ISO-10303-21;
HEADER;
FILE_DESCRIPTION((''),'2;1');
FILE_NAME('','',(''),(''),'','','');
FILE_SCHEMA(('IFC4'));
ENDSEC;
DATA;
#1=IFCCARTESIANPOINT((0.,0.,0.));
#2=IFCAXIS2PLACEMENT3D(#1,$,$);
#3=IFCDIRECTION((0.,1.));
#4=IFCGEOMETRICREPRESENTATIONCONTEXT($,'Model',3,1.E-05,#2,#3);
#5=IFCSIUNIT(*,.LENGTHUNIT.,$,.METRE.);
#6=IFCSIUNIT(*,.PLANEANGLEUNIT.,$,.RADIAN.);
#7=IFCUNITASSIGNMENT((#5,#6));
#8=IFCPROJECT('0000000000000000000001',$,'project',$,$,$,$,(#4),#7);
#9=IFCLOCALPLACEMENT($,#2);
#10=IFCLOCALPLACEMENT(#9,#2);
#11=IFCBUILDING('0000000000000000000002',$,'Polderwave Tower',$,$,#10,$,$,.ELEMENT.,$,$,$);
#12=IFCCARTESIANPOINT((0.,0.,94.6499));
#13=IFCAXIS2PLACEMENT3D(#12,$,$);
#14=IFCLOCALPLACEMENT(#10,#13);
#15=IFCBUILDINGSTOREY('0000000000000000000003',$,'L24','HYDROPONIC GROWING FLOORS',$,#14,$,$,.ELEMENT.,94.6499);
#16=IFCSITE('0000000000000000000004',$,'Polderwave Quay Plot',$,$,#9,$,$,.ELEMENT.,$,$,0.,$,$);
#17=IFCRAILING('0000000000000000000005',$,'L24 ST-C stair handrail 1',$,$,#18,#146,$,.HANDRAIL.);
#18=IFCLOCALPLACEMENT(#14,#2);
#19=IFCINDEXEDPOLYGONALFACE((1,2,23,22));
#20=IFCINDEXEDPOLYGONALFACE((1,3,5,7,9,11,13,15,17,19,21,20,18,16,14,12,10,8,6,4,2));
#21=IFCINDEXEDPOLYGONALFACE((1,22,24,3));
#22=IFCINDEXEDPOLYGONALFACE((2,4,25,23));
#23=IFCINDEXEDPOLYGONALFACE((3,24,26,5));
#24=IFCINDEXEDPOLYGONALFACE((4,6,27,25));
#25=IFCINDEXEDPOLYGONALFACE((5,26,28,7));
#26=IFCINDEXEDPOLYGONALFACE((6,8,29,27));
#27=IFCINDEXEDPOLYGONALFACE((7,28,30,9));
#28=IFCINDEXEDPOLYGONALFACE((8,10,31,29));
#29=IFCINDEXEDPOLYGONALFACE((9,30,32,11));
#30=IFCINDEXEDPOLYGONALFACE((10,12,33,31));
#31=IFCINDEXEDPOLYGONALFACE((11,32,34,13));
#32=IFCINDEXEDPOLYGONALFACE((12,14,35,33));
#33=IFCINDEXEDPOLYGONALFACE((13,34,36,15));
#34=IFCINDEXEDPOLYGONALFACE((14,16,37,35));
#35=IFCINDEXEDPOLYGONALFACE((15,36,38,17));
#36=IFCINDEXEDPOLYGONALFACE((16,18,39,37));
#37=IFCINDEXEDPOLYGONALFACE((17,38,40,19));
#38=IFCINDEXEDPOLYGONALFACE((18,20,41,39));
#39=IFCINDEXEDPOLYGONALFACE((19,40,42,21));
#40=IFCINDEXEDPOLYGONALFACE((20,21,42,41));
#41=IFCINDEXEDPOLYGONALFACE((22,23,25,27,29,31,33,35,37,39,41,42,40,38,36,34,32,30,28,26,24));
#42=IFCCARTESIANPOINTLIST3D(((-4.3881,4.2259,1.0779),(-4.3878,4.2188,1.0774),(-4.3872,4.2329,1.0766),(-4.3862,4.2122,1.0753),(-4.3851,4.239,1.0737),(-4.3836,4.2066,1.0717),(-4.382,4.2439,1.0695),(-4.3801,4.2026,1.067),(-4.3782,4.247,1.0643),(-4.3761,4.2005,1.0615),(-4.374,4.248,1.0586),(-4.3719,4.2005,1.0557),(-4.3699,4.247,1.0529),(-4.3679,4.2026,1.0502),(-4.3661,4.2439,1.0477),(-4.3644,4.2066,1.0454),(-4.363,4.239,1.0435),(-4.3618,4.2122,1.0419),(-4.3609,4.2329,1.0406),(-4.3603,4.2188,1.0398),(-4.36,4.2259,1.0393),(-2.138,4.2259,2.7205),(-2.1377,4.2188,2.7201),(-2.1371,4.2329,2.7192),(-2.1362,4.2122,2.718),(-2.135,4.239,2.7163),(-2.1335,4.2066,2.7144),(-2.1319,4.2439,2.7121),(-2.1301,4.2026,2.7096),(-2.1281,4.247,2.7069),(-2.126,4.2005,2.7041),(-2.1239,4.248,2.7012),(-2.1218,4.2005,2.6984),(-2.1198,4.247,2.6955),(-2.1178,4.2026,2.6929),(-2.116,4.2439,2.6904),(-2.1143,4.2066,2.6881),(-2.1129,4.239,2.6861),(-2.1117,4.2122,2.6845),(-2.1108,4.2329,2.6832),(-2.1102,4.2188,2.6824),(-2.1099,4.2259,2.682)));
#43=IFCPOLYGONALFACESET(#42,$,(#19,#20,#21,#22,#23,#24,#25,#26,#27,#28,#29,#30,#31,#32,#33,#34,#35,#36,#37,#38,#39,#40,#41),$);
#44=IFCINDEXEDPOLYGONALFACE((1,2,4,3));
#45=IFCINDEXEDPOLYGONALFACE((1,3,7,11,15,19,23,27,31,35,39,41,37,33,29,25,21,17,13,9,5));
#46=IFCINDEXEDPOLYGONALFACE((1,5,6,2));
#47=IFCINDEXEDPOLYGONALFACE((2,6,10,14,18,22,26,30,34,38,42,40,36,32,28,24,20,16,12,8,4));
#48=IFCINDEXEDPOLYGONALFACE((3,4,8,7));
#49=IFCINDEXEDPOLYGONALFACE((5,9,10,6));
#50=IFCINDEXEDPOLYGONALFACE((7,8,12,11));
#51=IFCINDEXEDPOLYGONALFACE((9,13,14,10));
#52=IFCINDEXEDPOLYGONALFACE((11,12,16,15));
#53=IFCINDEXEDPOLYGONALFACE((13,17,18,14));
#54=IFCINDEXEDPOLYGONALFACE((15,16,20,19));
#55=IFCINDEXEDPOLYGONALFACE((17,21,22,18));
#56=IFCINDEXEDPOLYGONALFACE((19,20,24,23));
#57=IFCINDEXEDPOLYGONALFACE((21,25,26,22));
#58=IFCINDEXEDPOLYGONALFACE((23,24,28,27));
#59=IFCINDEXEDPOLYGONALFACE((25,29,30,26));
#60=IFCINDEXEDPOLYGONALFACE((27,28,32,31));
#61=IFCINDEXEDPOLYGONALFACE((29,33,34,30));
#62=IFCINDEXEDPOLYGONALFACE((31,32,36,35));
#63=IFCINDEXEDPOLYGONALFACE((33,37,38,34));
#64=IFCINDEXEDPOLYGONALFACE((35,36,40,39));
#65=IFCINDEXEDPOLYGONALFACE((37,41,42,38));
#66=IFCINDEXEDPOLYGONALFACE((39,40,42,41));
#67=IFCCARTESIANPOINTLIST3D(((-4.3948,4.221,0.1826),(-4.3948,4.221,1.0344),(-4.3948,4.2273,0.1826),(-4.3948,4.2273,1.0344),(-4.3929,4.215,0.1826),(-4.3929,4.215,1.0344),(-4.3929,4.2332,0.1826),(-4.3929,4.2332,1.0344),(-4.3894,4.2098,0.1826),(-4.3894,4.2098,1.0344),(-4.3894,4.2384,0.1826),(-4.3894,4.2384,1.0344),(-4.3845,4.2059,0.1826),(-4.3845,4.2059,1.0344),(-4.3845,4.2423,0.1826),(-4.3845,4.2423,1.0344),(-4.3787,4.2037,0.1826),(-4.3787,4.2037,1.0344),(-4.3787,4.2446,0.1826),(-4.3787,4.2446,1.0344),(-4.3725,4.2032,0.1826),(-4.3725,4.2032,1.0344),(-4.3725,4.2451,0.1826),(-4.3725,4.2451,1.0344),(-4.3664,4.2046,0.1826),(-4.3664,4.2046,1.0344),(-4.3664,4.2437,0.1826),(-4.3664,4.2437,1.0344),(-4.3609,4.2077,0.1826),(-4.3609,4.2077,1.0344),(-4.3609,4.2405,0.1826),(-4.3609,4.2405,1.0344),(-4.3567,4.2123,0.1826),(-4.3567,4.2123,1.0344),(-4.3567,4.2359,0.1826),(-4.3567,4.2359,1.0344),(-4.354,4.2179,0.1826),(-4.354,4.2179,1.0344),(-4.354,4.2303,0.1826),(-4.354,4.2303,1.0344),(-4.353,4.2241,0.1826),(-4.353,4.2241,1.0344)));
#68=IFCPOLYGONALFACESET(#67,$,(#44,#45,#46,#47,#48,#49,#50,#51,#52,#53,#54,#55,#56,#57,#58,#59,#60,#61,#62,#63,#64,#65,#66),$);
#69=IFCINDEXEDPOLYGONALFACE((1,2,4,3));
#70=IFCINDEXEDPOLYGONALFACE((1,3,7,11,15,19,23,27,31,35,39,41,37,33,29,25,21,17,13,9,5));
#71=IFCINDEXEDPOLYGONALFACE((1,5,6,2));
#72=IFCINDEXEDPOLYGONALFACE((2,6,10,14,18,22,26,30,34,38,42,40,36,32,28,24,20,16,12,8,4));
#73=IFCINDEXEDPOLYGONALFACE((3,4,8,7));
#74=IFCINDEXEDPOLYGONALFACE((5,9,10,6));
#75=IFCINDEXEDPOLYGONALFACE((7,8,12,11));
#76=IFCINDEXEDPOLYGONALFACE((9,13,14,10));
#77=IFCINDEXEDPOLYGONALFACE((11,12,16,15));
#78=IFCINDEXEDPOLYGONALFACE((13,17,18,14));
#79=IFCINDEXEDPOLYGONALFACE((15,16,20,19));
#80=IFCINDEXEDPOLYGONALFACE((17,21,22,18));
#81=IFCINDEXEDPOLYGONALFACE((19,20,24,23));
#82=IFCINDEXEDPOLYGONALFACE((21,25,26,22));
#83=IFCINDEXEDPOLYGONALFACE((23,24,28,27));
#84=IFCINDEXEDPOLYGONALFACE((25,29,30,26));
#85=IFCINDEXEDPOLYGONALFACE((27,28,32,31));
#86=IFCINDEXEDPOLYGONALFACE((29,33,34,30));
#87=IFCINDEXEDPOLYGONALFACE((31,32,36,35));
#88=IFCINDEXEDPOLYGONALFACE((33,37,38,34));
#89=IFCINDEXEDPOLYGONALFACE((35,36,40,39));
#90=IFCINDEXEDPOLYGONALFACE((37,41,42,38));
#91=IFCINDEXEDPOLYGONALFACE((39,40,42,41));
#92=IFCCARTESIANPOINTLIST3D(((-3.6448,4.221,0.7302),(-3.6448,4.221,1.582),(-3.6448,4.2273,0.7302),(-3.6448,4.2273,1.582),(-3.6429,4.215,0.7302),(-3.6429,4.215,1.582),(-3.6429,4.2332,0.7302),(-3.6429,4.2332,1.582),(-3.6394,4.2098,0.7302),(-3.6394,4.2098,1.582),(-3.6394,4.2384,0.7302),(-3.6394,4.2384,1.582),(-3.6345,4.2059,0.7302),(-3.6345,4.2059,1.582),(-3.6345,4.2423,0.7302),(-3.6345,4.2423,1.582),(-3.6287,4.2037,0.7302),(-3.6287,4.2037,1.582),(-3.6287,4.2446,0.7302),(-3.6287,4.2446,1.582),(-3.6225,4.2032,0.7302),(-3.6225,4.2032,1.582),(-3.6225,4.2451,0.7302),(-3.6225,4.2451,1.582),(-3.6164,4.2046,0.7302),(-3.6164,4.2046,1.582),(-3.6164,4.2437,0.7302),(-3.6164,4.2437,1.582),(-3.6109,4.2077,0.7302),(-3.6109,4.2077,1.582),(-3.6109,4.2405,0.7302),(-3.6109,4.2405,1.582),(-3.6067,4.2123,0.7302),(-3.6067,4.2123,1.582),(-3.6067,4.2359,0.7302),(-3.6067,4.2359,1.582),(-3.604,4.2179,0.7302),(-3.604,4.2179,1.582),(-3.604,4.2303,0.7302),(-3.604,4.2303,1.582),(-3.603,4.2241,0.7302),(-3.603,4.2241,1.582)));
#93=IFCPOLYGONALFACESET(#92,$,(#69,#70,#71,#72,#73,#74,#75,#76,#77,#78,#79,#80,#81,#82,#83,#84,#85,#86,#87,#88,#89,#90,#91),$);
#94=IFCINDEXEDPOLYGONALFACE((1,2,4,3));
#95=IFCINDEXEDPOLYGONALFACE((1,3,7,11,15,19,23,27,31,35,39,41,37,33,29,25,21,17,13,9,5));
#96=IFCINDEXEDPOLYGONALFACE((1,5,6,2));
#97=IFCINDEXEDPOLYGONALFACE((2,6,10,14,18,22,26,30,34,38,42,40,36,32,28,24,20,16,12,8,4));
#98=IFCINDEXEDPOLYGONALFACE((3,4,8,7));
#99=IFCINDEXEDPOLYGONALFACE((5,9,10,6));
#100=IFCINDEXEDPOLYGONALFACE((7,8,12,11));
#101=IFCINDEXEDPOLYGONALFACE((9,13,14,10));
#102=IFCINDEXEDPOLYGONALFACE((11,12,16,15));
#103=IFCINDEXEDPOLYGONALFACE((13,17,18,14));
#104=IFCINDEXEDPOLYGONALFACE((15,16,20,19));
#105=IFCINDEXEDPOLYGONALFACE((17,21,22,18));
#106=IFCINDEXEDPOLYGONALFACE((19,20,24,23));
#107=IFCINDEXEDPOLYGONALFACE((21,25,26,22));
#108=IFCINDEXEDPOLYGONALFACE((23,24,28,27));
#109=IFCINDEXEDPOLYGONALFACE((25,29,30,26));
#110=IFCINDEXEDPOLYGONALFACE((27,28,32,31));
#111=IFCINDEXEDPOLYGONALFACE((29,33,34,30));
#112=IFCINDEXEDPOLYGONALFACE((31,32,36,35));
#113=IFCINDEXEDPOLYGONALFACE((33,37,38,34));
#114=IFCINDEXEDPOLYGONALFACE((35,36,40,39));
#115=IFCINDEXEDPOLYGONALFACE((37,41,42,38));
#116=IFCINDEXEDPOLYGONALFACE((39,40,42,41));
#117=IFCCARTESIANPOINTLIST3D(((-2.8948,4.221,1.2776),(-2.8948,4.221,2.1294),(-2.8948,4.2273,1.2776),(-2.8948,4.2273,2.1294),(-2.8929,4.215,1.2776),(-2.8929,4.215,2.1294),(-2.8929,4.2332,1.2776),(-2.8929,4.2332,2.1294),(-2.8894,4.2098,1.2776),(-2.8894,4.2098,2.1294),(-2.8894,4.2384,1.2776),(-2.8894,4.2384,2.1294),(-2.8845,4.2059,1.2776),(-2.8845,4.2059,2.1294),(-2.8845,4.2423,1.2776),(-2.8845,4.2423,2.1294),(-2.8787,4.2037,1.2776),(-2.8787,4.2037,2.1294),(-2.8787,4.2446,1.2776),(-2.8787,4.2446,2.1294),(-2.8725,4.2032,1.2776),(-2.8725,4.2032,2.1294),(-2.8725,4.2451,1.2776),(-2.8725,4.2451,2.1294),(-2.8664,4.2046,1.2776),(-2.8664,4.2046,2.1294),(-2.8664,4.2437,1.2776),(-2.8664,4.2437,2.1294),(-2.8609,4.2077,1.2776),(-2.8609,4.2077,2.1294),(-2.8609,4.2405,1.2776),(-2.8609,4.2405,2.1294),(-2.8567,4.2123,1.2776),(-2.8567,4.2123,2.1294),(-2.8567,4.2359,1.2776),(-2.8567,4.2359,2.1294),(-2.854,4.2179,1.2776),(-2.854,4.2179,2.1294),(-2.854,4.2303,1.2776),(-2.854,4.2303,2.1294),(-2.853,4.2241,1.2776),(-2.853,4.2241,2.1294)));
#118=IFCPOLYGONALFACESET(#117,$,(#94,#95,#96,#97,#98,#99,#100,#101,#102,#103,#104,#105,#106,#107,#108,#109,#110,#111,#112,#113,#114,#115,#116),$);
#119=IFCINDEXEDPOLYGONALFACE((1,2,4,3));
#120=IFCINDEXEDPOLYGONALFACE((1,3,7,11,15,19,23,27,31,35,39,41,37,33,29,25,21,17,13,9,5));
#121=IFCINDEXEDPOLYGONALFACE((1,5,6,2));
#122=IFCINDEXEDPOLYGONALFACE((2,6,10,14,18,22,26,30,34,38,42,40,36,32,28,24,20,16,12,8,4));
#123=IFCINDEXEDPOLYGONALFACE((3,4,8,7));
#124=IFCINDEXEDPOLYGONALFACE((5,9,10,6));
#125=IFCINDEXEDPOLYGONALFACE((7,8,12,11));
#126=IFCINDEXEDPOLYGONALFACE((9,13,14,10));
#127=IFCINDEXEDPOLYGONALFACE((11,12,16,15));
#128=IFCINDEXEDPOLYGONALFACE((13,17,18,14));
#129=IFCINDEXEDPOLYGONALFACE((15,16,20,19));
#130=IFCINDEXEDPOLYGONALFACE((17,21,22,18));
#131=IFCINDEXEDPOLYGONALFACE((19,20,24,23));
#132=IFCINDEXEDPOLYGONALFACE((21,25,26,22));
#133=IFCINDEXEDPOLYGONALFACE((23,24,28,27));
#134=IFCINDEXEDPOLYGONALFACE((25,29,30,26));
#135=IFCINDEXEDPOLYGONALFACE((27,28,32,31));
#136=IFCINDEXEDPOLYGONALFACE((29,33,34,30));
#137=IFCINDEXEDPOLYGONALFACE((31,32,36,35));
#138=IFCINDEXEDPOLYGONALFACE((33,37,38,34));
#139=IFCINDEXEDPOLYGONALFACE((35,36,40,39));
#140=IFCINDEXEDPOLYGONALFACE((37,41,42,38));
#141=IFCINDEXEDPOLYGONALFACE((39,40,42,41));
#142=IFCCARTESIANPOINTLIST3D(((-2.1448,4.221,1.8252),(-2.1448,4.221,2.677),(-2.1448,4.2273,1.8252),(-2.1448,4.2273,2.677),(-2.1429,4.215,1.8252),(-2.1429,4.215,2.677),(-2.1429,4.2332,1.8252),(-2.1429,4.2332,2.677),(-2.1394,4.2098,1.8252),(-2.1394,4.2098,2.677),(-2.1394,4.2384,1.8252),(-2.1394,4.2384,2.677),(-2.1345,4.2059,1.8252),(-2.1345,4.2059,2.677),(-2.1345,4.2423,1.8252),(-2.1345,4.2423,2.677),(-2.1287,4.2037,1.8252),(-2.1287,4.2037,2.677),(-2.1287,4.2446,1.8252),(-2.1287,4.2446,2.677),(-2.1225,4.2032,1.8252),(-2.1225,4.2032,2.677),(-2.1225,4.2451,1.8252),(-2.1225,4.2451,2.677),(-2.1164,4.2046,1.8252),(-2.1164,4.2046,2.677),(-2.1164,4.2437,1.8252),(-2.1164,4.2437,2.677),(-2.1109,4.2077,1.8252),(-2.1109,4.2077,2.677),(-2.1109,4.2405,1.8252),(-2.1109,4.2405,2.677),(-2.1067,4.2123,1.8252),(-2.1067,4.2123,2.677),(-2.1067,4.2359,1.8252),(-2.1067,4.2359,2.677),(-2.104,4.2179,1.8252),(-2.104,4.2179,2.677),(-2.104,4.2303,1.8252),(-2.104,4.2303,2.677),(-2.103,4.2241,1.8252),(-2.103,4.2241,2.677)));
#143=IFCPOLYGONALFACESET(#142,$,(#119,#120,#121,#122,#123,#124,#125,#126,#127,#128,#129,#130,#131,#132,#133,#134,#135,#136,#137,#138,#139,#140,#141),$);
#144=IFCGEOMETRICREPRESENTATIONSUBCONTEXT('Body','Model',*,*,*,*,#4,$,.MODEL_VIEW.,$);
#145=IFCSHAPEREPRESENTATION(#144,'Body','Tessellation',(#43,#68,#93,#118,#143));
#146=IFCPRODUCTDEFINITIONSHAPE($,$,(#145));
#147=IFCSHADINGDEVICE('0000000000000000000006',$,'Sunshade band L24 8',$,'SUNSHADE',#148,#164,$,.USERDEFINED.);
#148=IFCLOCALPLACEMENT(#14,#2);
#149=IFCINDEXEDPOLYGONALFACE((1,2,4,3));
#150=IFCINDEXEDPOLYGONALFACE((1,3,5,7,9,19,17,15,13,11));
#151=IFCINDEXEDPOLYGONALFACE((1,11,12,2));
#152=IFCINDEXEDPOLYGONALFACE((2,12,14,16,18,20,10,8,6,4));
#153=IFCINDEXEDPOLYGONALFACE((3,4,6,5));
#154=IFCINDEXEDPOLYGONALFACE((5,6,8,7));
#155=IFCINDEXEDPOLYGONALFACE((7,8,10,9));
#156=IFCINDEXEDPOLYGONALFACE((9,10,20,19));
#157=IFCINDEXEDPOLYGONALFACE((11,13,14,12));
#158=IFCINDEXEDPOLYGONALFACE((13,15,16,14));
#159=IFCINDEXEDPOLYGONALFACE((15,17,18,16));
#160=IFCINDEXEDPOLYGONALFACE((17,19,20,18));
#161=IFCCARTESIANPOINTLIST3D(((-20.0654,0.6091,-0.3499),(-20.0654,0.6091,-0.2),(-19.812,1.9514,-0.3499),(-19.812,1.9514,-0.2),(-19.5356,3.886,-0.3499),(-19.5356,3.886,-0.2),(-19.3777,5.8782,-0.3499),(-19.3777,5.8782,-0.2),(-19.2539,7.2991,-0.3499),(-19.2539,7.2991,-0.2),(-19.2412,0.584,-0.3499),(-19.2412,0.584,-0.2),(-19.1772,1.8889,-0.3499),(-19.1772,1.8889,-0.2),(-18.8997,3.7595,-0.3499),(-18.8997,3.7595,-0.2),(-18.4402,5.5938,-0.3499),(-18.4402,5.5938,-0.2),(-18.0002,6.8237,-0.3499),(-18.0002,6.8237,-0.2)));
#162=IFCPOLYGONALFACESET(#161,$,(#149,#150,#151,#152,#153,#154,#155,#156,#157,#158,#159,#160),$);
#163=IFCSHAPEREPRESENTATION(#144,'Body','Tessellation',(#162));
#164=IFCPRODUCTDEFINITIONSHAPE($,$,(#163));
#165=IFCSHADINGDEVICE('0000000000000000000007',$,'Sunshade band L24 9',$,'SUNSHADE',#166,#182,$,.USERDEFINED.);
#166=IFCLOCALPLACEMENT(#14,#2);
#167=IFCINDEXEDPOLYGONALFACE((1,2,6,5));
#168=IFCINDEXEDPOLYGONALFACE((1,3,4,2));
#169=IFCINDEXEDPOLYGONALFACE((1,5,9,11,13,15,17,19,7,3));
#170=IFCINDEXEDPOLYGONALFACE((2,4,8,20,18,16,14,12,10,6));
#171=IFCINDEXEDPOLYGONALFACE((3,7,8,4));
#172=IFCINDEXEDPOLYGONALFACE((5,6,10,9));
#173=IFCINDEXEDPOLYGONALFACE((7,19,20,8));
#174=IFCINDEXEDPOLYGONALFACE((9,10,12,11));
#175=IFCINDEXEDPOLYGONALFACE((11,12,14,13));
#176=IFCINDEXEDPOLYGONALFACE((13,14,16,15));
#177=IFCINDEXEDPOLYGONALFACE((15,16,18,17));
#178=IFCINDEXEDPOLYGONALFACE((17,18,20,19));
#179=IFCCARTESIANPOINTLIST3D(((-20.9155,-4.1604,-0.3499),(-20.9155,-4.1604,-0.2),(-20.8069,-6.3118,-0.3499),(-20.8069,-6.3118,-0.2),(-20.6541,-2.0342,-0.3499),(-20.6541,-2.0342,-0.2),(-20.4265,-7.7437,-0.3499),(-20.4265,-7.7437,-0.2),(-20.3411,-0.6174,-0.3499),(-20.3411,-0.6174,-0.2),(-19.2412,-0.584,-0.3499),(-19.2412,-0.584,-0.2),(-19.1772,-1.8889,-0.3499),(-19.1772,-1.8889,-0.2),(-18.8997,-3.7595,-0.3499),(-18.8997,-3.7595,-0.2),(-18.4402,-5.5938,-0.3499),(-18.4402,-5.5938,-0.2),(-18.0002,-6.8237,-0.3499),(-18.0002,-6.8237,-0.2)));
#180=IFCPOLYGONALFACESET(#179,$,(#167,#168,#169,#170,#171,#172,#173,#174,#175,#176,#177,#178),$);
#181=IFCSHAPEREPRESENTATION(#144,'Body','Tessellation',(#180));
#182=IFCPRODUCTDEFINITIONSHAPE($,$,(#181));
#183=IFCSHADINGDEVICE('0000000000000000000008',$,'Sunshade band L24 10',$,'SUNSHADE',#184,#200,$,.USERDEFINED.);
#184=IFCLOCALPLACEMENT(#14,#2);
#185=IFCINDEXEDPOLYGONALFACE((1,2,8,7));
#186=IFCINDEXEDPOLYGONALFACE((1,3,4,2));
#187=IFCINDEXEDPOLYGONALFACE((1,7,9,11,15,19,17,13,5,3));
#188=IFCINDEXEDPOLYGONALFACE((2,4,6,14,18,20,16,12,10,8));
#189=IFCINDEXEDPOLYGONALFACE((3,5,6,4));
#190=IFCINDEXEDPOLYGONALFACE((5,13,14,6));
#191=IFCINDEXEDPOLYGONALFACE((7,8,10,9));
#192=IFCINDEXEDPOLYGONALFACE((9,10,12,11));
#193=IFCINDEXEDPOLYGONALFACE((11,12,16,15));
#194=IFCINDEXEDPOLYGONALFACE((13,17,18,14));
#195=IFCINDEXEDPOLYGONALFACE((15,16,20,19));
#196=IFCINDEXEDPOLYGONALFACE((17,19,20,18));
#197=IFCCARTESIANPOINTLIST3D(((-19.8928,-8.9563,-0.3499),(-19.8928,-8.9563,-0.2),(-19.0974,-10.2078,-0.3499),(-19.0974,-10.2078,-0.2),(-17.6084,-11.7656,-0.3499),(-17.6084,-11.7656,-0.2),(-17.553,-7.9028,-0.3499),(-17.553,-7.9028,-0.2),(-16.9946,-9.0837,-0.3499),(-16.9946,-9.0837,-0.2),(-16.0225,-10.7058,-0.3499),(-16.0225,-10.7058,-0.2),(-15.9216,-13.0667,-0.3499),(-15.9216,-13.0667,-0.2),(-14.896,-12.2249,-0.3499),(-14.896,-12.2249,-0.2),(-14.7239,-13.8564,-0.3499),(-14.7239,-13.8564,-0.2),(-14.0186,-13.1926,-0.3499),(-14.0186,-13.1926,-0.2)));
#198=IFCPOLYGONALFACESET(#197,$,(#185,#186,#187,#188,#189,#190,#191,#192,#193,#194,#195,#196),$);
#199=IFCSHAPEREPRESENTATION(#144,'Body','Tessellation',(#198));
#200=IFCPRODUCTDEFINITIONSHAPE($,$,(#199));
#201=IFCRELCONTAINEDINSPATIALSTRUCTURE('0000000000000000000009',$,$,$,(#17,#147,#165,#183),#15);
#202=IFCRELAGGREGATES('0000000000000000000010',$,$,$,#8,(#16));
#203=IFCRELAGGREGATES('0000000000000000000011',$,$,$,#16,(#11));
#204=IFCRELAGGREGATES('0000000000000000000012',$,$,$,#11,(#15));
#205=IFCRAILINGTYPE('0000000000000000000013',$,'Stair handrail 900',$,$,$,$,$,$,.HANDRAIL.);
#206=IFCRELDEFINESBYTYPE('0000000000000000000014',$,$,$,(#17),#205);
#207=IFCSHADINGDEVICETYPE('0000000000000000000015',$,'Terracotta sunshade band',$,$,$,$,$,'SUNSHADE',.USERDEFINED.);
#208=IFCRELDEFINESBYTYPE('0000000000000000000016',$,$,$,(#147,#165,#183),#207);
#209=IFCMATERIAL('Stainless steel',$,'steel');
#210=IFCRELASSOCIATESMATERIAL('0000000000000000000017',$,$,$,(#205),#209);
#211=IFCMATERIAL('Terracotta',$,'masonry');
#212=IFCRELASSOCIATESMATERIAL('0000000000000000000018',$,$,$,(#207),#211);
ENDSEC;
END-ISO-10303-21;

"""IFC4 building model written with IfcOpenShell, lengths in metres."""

from ifc_helpers import new_model, si_unit, direction, frame, origin, origin_2d, place, context, subcontext, project, spatial, polyline, circle, outline, extrude, material, type_object, element, save


model = new_model("IFC4")

# Units and contexts
model_context = context("Model", 3, precision=1e-05, world=origin(), true_north=direction((0.0, 1.0)))
body_context = subcontext(model_context, "Body", "Model", "MODEL_VIEW")
ifc_project = project(units=[si_unit("LENGTHUNIT", "METRE"), si_unit("PLANEANGLEUNIT", "RADIAN")], contexts=[model_context])

# Site, building, storey
site_placement = place(None, origin())
site = spatial("IfcSite", under=ifc_project, at=site_placement, Name="Polderwave Quay Plot", CompositionType="ELEMENT", RefElevation=0.0)
building_placement = place(site_placement, origin())
building = spatial("IfcBuilding", under=site, at=building_placement, Name="Polderwave Tower", CompositionType="ELEMENT")
storey_placement = place(building_placement, frame((0.0, 0.0, 94.6499)))
storey = spatial("IfcBuildingStorey", under=building, at=storey_placement, Name="L24", Description="HYDROPONIC GROWING FLOORS", CompositionType="ELEMENT", Elevation=94.6499)

# Railing
ifc_material_1 = material(Name="Stainless steel", Category="steel")
railing_type_1 = type_object("IfcRailingType", Name="Stair handrail 900", PredefinedType="HANDRAIL", material=ifc_material_1)
railing_1_placement = place(storey_placement, frame((-4.374, 4.2241, 0.1826)))
element("IfcRailing", 1, at=railing_1_placement, inside=storey, type_object=railing_type_1, Name="L24 ST-C stair handrail 1", PredefinedType="HANDRAIL", context=body_context, shape_type="SweptSolid", body=[
    extrude(circle(Radius=0.0239, at=origin_2d()), frame((0.0, 0.0, 0.876), z_axis=(0.807674, 0.0, 0.58963), x_axis=(0.0, 1.0, 0.0)), (0.0, 0.0, 1.0), 2.7859),
    extrude(circle(Radius=0.021, at=origin_2d()), origin(), (0.0, 0.0, 1.0), 0.8518),
    extrude(circle(Radius=0.021, at=origin_2d()), frame((0.75, 0.0, 0.5476)), (0.0, 0.0, 1.0), 0.8518),
    extrude(circle(Radius=0.021, at=origin_2d()), frame((1.5, 0.0, 1.095)), (0.0, 0.0, 1.0), 0.8518),
    extrude(circle(Radius=0.021, at=origin_2d()), frame((2.25, 0.0, 1.6426)), (0.0, 0.0, 1.0), 0.8518),
])

# Shading devices
ifc_material_2 = material(Name="Terracotta", Category="masonry")
shading_device_type = type_object("IfcShadingDeviceType", Name="Terracotta sunshade band", ElementType="SUNSHADE", PredefinedType="USERDEFINED", material=ifc_material_2)
shading_device_1_placement = place(storey_placement, frame((0.0, 0.0, -0.3499)))
element("IfcShadingDevice", 2, at=shading_device_1_placement, inside=storey, type_object=shading_device_type, Name="Sunshade band L24 8", ObjectType="SUNSHADE", PredefinedType="USERDEFINED", context=body_context, shape_type="SweptSolid", body=[
    extrude(outline(polyline([(-18.0002, 6.8237), (-18.4402, 5.5938), (-18.8997, 3.7595), (-19.1772, 1.8889), (-19.2412, 0.584), (-20.0654, 0.6091), (-19.812, 1.9514), (-19.5356, 3.886), (-19.3777, 5.8782), (-19.2539, 7.2991), (-18.0002, 6.8237)])), origin(), (0.0, 0.0, 1.0), 0.1499),
])
shading_device_2_placement = place(storey_placement, frame((0.0, 0.0, -0.3499)))
element("IfcShadingDevice", 3, at=shading_device_2_placement, inside=storey, type_object=shading_device_type, Name="Sunshade band L24 9", ObjectType="SUNSHADE", PredefinedType="USERDEFINED", context=body_context, shape_type="SweptSolid", body=[
    extrude(outline(polyline([(-19.2412, -0.584), (-19.1772, -1.8889), (-18.8997, -3.7595), (-18.4402, -5.5938), (-18.0002, -6.8237), (-20.4265, -7.7437), (-20.8069, -6.3118), (-20.9155, -4.1604), (-20.6541, -2.0342), (-20.3411, -0.6174), (-19.2412, -0.584)])), origin(), (0.0, 0.0, 1.0), 0.1499),
])
shading_device_3_placement = place(storey_placement, frame((0.0, 0.0, -0.3499)))
element("IfcShadingDevice", 4, at=shading_device_3_placement, inside=storey, type_object=shading_device_type, Name="Sunshade band L24 10", ObjectType="SUNSHADE", PredefinedType="USERDEFINED", context=body_context, shape_type="SweptSolid", body=[
    extrude(outline(polyline([(-17.553, -7.9028), (-16.9946, -9.0837), (-16.0225, -10.7058), (-14.896, -12.2249), (-14.0186, -13.1926), (-14.7239, -13.8564), (-15.9216, -13.0667), (-17.6084, -11.7656), (-19.0974, -10.2078), (-19.8928, -8.9563), (-17.553, -7.9028)])), origin(), (0.0, 0.0, 1.0), 0.1499),
])

save(model, "model.ifc")
